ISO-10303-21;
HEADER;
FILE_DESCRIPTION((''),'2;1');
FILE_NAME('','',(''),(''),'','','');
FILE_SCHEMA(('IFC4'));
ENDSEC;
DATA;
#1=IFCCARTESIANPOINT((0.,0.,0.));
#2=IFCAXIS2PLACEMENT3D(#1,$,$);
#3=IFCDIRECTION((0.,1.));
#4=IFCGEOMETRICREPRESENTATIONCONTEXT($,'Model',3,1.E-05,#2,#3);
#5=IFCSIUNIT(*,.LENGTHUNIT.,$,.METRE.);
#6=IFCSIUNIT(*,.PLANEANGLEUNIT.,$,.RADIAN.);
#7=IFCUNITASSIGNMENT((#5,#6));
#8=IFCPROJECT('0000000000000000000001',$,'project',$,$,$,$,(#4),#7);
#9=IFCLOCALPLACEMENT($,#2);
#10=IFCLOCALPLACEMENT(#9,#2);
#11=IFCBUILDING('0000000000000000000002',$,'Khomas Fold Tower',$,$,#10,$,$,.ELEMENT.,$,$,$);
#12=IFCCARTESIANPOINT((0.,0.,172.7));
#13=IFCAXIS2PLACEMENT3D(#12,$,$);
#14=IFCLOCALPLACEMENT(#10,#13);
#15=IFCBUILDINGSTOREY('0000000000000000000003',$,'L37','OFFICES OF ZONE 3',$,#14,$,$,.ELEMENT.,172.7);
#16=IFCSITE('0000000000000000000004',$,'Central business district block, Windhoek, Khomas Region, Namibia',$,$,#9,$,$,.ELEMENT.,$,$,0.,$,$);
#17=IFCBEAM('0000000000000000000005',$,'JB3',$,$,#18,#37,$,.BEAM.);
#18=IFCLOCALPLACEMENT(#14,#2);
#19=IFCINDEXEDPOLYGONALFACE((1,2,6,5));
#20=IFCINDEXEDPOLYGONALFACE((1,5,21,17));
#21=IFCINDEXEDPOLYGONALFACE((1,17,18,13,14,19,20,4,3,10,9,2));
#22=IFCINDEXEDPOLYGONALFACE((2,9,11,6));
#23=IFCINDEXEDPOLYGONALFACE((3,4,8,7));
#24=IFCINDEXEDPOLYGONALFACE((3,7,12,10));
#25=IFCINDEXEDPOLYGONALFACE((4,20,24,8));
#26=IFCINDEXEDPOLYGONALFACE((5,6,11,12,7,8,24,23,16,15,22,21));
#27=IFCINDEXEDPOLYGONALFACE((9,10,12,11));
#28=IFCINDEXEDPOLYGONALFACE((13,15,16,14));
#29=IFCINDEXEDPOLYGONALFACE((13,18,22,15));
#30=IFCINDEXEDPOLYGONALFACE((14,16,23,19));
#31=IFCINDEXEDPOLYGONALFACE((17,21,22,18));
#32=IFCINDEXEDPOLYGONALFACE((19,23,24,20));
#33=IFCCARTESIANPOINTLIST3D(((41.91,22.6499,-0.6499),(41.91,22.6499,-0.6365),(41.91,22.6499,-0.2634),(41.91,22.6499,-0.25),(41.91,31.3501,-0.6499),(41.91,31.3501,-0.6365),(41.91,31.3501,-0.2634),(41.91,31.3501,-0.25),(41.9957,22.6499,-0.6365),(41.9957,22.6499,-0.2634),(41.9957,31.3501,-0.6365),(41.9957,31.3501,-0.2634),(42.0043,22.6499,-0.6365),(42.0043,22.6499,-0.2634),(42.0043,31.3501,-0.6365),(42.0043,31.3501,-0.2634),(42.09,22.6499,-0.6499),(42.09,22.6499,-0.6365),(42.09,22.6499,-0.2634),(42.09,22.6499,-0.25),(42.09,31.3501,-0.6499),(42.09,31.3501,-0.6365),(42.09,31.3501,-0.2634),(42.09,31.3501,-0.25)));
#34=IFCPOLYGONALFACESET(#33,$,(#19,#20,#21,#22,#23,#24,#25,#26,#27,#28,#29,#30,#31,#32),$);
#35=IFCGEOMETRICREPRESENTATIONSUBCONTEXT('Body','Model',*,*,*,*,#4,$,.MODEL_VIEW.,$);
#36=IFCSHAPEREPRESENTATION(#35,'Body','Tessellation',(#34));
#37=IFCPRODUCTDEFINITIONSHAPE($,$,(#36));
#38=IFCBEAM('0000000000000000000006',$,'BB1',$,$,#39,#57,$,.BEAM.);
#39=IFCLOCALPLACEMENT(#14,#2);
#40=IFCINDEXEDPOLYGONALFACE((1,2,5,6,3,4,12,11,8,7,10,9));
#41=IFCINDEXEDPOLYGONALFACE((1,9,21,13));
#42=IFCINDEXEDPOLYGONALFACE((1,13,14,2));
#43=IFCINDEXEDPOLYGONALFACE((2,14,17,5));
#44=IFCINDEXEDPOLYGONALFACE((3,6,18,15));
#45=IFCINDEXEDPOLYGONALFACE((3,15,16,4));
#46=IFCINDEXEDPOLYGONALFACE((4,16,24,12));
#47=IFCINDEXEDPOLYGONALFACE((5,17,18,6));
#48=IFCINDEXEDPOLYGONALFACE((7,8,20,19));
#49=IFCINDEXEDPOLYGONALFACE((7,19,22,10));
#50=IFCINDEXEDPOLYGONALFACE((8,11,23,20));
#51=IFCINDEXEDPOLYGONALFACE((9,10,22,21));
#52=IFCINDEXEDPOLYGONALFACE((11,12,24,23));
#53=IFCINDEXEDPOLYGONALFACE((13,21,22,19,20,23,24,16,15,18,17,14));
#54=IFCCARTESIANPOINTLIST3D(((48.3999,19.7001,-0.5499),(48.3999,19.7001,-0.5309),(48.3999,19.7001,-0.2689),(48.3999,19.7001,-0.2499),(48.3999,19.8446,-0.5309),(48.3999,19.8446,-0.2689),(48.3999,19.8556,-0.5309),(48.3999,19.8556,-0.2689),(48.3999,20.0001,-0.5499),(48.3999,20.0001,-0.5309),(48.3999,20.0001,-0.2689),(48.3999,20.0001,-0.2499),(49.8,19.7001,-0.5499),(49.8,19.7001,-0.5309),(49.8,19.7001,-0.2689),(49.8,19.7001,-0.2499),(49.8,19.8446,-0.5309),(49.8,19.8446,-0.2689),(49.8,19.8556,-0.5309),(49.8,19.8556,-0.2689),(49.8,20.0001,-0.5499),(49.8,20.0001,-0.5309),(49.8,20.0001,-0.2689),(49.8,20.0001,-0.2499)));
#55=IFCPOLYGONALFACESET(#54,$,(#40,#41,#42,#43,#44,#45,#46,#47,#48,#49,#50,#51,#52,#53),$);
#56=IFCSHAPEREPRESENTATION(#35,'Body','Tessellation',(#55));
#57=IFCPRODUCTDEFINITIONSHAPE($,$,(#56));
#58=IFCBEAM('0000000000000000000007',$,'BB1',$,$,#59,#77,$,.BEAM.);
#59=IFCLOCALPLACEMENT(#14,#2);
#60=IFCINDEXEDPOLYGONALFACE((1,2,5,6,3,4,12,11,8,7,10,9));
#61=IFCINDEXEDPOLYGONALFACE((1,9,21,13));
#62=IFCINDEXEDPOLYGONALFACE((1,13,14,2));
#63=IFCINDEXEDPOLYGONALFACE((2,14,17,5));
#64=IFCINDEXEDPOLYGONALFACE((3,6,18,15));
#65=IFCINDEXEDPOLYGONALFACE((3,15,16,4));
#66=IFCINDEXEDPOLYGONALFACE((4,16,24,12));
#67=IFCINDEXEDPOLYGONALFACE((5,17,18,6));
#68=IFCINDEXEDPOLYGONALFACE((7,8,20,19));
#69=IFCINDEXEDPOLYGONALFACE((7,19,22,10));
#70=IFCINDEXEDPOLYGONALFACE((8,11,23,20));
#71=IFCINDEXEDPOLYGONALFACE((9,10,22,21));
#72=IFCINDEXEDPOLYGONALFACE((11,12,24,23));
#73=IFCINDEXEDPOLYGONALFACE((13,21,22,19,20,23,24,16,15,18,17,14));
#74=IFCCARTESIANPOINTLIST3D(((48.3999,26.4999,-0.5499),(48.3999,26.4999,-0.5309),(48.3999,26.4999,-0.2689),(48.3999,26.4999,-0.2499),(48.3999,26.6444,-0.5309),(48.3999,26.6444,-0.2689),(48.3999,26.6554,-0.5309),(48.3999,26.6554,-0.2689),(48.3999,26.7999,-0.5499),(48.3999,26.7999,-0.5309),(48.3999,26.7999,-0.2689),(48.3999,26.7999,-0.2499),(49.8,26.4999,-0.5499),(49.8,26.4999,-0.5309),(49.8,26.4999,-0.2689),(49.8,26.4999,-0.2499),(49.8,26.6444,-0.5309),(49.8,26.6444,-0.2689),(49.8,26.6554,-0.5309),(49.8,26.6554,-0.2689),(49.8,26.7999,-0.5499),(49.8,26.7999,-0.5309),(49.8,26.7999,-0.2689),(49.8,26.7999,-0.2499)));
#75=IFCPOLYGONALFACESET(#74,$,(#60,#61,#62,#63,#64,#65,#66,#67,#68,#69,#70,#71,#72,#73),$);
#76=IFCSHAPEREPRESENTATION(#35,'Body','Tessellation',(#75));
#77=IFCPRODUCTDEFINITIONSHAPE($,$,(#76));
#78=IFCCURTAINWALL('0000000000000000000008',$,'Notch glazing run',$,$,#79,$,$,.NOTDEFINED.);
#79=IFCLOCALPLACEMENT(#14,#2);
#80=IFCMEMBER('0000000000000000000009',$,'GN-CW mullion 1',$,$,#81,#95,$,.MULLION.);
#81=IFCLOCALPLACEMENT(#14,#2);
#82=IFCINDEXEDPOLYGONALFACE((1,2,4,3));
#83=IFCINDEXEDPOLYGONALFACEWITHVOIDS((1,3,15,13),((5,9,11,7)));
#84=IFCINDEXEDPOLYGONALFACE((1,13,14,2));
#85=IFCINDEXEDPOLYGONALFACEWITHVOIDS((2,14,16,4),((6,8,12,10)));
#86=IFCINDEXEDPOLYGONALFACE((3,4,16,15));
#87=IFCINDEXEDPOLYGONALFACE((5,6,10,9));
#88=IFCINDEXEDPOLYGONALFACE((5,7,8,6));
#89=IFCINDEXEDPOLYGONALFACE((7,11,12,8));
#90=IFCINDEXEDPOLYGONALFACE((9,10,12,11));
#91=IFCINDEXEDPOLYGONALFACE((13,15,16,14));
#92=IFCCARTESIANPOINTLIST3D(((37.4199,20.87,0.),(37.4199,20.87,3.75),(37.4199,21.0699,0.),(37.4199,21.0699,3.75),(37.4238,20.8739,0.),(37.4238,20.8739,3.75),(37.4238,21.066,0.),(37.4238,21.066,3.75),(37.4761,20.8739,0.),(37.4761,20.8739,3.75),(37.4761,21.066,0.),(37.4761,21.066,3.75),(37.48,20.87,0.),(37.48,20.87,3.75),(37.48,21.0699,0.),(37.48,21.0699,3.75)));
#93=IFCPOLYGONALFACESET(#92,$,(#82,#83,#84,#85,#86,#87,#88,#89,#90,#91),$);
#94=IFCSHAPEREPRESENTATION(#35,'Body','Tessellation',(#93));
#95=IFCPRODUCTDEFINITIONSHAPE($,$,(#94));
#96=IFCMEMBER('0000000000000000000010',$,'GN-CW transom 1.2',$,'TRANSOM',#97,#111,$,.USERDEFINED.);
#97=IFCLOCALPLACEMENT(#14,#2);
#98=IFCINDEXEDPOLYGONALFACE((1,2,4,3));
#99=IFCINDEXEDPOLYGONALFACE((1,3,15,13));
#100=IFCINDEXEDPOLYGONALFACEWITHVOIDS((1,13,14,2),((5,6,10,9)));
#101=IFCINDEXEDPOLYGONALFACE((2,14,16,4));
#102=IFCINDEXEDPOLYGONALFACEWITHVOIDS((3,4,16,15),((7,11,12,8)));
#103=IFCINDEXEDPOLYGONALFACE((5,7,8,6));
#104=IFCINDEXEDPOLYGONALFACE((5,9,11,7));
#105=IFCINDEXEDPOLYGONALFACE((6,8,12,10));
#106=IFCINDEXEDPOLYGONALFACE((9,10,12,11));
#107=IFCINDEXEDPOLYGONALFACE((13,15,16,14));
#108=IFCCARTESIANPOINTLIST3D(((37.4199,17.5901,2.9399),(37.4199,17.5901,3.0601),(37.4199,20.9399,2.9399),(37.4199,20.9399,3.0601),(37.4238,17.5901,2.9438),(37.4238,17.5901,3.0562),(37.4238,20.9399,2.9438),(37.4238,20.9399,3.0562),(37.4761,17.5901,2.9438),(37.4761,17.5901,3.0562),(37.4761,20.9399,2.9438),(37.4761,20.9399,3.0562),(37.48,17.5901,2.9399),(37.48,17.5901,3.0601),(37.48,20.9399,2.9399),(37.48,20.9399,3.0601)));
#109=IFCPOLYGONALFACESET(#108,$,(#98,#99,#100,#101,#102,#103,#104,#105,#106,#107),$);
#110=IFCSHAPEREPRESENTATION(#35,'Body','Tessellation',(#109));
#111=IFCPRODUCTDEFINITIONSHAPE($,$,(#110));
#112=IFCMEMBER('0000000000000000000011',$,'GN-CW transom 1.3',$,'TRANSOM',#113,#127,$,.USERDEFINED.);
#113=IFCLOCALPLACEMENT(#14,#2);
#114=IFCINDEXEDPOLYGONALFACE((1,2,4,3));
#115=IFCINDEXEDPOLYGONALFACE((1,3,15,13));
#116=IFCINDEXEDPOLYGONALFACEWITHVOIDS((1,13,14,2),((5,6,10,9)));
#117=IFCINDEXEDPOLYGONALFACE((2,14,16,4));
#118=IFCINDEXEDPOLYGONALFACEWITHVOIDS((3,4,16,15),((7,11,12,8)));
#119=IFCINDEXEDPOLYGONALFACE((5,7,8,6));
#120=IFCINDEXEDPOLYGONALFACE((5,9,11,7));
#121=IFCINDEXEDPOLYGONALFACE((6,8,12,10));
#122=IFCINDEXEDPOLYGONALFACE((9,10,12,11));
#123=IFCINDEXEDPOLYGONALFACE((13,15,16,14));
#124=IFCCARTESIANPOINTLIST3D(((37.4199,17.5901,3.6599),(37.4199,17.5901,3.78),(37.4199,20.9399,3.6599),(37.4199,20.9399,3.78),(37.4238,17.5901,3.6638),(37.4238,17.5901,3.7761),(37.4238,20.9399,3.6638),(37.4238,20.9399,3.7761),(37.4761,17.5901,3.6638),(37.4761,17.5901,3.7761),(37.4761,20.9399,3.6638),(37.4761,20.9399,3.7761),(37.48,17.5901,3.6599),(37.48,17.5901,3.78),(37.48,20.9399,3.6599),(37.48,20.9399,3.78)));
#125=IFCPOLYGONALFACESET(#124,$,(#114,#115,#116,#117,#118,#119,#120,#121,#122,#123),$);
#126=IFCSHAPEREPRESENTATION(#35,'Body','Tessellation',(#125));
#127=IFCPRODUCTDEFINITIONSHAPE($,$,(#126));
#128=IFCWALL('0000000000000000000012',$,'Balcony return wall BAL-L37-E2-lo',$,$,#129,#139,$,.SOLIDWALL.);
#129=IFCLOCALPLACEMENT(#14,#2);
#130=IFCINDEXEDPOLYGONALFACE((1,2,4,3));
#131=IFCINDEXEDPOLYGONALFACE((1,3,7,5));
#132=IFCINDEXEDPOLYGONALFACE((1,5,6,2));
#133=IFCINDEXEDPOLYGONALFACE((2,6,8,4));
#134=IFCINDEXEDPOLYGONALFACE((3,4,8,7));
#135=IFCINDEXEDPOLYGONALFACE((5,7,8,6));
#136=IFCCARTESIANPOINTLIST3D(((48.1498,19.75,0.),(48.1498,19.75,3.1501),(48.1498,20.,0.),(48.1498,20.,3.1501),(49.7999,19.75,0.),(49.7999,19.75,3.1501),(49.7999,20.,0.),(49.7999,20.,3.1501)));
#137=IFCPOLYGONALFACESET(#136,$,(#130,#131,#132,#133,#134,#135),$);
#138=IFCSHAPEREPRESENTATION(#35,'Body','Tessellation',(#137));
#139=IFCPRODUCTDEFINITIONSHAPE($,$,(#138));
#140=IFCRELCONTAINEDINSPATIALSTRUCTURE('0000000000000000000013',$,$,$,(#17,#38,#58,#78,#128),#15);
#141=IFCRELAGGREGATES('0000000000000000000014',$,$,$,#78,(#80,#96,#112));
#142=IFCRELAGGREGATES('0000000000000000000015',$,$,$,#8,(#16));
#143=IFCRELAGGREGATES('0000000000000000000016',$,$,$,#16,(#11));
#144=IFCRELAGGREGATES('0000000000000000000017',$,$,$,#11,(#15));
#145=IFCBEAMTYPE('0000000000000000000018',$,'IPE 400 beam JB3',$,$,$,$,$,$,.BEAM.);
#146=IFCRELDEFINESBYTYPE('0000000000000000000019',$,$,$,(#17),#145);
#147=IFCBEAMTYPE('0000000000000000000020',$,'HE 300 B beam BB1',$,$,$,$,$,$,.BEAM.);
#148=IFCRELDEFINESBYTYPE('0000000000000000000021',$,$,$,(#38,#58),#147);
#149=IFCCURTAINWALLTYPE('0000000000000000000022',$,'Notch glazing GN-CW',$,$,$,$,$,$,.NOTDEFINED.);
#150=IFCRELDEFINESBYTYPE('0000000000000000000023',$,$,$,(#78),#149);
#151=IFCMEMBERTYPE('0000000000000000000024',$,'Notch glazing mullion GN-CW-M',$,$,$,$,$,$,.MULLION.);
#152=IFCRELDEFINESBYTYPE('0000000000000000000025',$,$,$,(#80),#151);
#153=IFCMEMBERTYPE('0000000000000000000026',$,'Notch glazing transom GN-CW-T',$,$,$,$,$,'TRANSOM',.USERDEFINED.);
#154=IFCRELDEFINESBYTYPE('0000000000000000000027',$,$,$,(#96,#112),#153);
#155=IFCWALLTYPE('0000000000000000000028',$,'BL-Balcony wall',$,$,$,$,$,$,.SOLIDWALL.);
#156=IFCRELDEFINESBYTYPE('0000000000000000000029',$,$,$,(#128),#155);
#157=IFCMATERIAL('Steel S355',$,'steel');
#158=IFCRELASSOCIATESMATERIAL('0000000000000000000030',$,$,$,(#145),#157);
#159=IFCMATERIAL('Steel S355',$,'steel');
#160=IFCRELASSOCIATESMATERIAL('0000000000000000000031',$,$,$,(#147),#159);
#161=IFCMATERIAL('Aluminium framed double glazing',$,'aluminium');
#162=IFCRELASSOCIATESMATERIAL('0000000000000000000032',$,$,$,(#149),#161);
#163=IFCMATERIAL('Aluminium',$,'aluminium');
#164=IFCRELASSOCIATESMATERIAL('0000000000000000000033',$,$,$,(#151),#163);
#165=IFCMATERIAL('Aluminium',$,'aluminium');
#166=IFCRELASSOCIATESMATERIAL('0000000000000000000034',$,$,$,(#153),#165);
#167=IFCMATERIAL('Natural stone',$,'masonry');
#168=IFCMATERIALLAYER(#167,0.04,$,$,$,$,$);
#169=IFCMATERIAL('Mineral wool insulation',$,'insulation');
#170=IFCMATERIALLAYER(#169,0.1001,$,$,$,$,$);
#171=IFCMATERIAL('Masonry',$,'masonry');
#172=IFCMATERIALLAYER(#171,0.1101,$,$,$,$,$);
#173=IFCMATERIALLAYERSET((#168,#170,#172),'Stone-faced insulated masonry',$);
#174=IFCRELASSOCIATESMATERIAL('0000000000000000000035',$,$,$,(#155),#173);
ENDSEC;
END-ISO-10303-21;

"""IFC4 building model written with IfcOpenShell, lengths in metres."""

from ifc_helpers import new_model, si_unit, direction, frame, frame_2d, origin, origin_2d, place, context, subcontext, project, spatial, rectangle, hollow_rectangle, i_section, extrude, source, transform, mapped, material, layer, layer_set, material_profile, profile_set, type_object, element, aggregate, save


model = new_model("IFC4")

# Units and contexts
model_context = context("Model", 3, precision=1e-05, world=origin(), true_north=direction((0.0, 1.0)))
body_context = subcontext(model_context, "Body", "Model", "MODEL_VIEW")
ifc_project = project(units=[si_unit("LENGTHUNIT", "METRE"), si_unit("PLANEANGLEUNIT", "RADIAN")], contexts=[model_context])

# Site, building, storey
site_placement = place(None, origin())
site = spatial("IfcSite", under=ifc_project, at=site_placement, Name="Central business district block, Windhoek, Khomas Region, Namibia", CompositionType="ELEMENT", RefElevation=0.0)
building_placement = place(site_placement, origin())
building = spatial("IfcBuilding", under=site, at=building_placement, Name="Khomas Fold Tower", CompositionType="ELEMENT")
storey_placement = place(building_placement, frame((0.0, 0.0, 172.7)))
storey = spatial("IfcBuildingStorey", under=building, at=storey_placement, Name="L37", Description="OFFICES OF ZONE 3", CompositionType="ELEMENT", Elevation=172.7)

# Beams
ifc_material_1 = material(Name="Steel S355", Category="steel")
ifc_material_profile_1 = material_profile(ifc_material_1, i_section(OverallWidth=0.1799, OverallDepth=0.3999, WebThickness=0.0085, FlangeThickness=0.0134, at=origin_2d()), Name="IPE 400")
ifc_profile_set_1 = profile_set([ifc_material_profile_1], Name="Steel S355")
beam_type_1 = type_object("IfcBeamType", Name="IPE 400 beam JB3", PredefinedType="BEAM", material=ifc_profile_set_1)
shared_shape_1 = source(origin(), body_context, "Body", "SweptSolid", [
    extrude(i_section(OverallWidth=0.1799, OverallDepth=0.3999, WebThickness=0.0085, FlangeThickness=0.0134, at=origin_2d()), origin(), (0.0, 0.0, 1.0), 8.7002),
])
beam_placement = place(storey_placement, frame((42.0, 22.6499, -0.45), z_axis=(0.0, 1.0, 0.0), x_axis=(-1.0, 0.0, 0.0)))
element("IfcBeam", 1, at=beam_placement, inside=storey, type_object=beam_type_1, Name="JB3", PredefinedType="BEAM", context=body_context, shape_type="MappedRepresentation", body=[
    mapped(shared_shape_1, transform((0.0, 0.0, 0.0))),
])
ifc_material_2 = material(Name="Steel S355", Category="steel")
ifc_material_profile_2 = material_profile(ifc_material_2, i_section(OverallWidth=0.3, OverallDepth=0.3, WebThickness=0.011, FlangeThickness=0.019, at=origin_2d()), Name="HE 300 B")
ifc_profile_set_2 = profile_set([ifc_material_profile_2], Name="Steel S355")
beam_type_2 = type_object("IfcBeamType", Name="HE 300 B beam BB1", PredefinedType="BEAM", material=ifc_profile_set_2)
shared_shape_2 = source(origin(), body_context, "Body", "SweptSolid", [
    extrude(i_section(OverallWidth=0.3, OverallDepth=0.3, WebThickness=0.011, FlangeThickness=0.019, at=origin_2d()), origin(), (0.0, 0.0, 1.0), 1.4001),
])
for number, where, z_axis, x_axis, name in (
    (2, (48.3999, 19.8501, -0.3999), (1.0, 0.0, 0.0), (0.0, 1.0, 0.0), "BB1"),
    (3, (48.3999, 26.6499, -0.3999), (1.0, 0.0, 0.0), (0.0, 1.0, 0.0), "BB1"),
):
    element("IfcBeam", number, at=place(storey_placement, frame(where, z_axis=z_axis, x_axis=x_axis)), inside=storey, type_object=beam_type_2, Name=name, PredefinedType="BEAM", context=body_context, shape_type="MappedRepresentation", body=[
        mapped(shared_shape_2, transform((0.0, 0.0, 0.0))),
    ])

# Curtain wall, members
ifc_material_3 = material(Name="Aluminium framed double glazing", Category="aluminium")
curtain_wall_type = type_object("IfcCurtainWallType", Name="Notch glazing GN-CW", PredefinedType="NOTDEFINED", material=ifc_material_3)
curtain_wall_placement = place(storey_placement, origin())
curtain_wall = element("IfcCurtainWall", 4, at=curtain_wall_placement, inside=storey, type_object=curtain_wall_type, Name="Notch glazing run", PredefinedType="NOTDEFINED")
ifc_material_4 = material(Name="Aluminium", Category="aluminium")
ifc_material_profile_3 = material_profile(ifc_material_4, hollow_rectangle(XDim=0.0601, YDim=0.2, WallThickness=0.0039, at=origin_2d()), Name="Notch glazing mullion GN-CW-M")
ifc_profile_set_3 = profile_set([ifc_material_profile_3], Name="Aluminium")
member_type_1 = type_object("IfcMemberType", Name="Notch glazing mullion GN-CW-M", PredefinedType="MULLION", material=ifc_profile_set_3)
shared_shape_3 = source(origin(), body_context, "Body", "SweptSolid", [
    extrude(hollow_rectangle(XDim=0.0601, YDim=0.2, WallThickness=0.0039, at=origin_2d()), origin(), (0.0, 0.0, 1.0), 3.75),
])
member_1_placement = place(storey_placement, frame((37.45, 20.97, 0.0), z_axis=(0.0, 0.0, 1.0), x_axis=(1.0, 0.0, 0.0)))
member_1 = element("IfcMember", 5, at=member_1_placement, type_object=member_type_1, Name="GN-CW mullion 1", PredefinedType="MULLION", context=body_context, shape_type="MappedRepresentation", body=[
    mapped(shared_shape_3, transform((0.0, 0.0, 0.0))),
])
ifc_material_5 = material(Name="Aluminium", Category="aluminium")
ifc_material_profile_4 = material_profile(ifc_material_5, hollow_rectangle(XDim=0.0601, YDim=0.1201, WallThickness=0.0039, at=origin_2d()), Name="Notch glazing transom GN-CW-T")
ifc_profile_set_4 = profile_set([ifc_material_profile_4], Name="Aluminium")
member_type_2 = type_object("IfcMemberType", Name="Notch glazing transom GN-CW-T", ElementType="TRANSOM", PredefinedType="USERDEFINED", material=ifc_profile_set_4)
shared_shape_4 = source(origin(), body_context, "Body", "SweptSolid", [
    extrude(hollow_rectangle(XDim=0.0601, YDim=0.1201, WallThickness=0.0039, at=origin_2d()), origin(), (0.0, 0.0, 1.0), 3.3499),
])
member_2_placement = place(storey_placement, frame((37.45, 20.9399, 3.0), z_axis=(0.0, -1.0, 0.0), x_axis=(1.0, 0.0, 0.0)))
member_2 = element("IfcMember", 6, at=member_2_placement, type_object=member_type_2, Name="GN-CW transom 1.2", ObjectType="TRANSOM", PredefinedType="USERDEFINED", context=body_context, shape_type="MappedRepresentation", body=[
    mapped(shared_shape_4, transform((0.0, 0.0, 0.0))),
])
member_3_placement = place(storey_placement, frame((37.45, 20.9399, 3.72), z_axis=(0.0, -1.0, 0.0), x_axis=(1.0, 0.0, 0.0)))
member_3 = element("IfcMember", 7, at=member_3_placement, type_object=member_type_2, Name="GN-CW transom 1.3", ObjectType="TRANSOM", PredefinedType="USERDEFINED", context=body_context, shape_type="MappedRepresentation", body=[
    mapped(shared_shape_4, transform((0.0, 0.0, 0.0))),
])
aggregate(curtain_wall, [member_1, member_2, member_3])

# Shared definitions
ifc_material_6 = material(Name="Natural stone", Category="masonry")
ifc_layer_1 = layer(ifc_material_6, 0.04)
ifc_material_7 = material(Name="Mineral wool insulation", Category="insulation")
ifc_layer_2 = layer(ifc_material_7, 0.1001)
ifc_material_8 = material(Name="Masonry", Category="masonry")
ifc_layer_3 = layer(ifc_material_8, 0.1101)
ifc_layer_set_1 = layer_set([ifc_layer_1, ifc_layer_2, ifc_layer_3], Name="Stone-faced insulated masonry")
wall_type_1 = type_object("IfcWallType", Name="BL-Balcony wall", PredefinedType="SOLIDWALL", material=ifc_layer_set_1)

# Wall
shared_shape_5 = source(origin(), body_context, "Body", "SweptSolid", [
    extrude(rectangle(XDim=1.6501, YDim=0.25, at=frame_2d((0.8252, 0.0))), origin(), (0.0, 0.0, 1.0), 3.1501),
])
wall_1_placement = place(storey_placement, frame((49.8, 19.875, 0.0), z_axis=(0.0, 0.0, 1.0), x_axis=(-1.0, 0.0, 0.0)))
element("IfcWall", 8, at=wall_1_placement, inside=storey, type_object=wall_type_1, Name="Balcony return wall BAL-L37-E2-lo", PredefinedType="SOLIDWALL", context=body_context, shape_type="MappedRepresentation", body=[
    mapped(shared_shape_5, transform((0.0, 0.0, 0.0))),
])

save(model, "model.ifc")
